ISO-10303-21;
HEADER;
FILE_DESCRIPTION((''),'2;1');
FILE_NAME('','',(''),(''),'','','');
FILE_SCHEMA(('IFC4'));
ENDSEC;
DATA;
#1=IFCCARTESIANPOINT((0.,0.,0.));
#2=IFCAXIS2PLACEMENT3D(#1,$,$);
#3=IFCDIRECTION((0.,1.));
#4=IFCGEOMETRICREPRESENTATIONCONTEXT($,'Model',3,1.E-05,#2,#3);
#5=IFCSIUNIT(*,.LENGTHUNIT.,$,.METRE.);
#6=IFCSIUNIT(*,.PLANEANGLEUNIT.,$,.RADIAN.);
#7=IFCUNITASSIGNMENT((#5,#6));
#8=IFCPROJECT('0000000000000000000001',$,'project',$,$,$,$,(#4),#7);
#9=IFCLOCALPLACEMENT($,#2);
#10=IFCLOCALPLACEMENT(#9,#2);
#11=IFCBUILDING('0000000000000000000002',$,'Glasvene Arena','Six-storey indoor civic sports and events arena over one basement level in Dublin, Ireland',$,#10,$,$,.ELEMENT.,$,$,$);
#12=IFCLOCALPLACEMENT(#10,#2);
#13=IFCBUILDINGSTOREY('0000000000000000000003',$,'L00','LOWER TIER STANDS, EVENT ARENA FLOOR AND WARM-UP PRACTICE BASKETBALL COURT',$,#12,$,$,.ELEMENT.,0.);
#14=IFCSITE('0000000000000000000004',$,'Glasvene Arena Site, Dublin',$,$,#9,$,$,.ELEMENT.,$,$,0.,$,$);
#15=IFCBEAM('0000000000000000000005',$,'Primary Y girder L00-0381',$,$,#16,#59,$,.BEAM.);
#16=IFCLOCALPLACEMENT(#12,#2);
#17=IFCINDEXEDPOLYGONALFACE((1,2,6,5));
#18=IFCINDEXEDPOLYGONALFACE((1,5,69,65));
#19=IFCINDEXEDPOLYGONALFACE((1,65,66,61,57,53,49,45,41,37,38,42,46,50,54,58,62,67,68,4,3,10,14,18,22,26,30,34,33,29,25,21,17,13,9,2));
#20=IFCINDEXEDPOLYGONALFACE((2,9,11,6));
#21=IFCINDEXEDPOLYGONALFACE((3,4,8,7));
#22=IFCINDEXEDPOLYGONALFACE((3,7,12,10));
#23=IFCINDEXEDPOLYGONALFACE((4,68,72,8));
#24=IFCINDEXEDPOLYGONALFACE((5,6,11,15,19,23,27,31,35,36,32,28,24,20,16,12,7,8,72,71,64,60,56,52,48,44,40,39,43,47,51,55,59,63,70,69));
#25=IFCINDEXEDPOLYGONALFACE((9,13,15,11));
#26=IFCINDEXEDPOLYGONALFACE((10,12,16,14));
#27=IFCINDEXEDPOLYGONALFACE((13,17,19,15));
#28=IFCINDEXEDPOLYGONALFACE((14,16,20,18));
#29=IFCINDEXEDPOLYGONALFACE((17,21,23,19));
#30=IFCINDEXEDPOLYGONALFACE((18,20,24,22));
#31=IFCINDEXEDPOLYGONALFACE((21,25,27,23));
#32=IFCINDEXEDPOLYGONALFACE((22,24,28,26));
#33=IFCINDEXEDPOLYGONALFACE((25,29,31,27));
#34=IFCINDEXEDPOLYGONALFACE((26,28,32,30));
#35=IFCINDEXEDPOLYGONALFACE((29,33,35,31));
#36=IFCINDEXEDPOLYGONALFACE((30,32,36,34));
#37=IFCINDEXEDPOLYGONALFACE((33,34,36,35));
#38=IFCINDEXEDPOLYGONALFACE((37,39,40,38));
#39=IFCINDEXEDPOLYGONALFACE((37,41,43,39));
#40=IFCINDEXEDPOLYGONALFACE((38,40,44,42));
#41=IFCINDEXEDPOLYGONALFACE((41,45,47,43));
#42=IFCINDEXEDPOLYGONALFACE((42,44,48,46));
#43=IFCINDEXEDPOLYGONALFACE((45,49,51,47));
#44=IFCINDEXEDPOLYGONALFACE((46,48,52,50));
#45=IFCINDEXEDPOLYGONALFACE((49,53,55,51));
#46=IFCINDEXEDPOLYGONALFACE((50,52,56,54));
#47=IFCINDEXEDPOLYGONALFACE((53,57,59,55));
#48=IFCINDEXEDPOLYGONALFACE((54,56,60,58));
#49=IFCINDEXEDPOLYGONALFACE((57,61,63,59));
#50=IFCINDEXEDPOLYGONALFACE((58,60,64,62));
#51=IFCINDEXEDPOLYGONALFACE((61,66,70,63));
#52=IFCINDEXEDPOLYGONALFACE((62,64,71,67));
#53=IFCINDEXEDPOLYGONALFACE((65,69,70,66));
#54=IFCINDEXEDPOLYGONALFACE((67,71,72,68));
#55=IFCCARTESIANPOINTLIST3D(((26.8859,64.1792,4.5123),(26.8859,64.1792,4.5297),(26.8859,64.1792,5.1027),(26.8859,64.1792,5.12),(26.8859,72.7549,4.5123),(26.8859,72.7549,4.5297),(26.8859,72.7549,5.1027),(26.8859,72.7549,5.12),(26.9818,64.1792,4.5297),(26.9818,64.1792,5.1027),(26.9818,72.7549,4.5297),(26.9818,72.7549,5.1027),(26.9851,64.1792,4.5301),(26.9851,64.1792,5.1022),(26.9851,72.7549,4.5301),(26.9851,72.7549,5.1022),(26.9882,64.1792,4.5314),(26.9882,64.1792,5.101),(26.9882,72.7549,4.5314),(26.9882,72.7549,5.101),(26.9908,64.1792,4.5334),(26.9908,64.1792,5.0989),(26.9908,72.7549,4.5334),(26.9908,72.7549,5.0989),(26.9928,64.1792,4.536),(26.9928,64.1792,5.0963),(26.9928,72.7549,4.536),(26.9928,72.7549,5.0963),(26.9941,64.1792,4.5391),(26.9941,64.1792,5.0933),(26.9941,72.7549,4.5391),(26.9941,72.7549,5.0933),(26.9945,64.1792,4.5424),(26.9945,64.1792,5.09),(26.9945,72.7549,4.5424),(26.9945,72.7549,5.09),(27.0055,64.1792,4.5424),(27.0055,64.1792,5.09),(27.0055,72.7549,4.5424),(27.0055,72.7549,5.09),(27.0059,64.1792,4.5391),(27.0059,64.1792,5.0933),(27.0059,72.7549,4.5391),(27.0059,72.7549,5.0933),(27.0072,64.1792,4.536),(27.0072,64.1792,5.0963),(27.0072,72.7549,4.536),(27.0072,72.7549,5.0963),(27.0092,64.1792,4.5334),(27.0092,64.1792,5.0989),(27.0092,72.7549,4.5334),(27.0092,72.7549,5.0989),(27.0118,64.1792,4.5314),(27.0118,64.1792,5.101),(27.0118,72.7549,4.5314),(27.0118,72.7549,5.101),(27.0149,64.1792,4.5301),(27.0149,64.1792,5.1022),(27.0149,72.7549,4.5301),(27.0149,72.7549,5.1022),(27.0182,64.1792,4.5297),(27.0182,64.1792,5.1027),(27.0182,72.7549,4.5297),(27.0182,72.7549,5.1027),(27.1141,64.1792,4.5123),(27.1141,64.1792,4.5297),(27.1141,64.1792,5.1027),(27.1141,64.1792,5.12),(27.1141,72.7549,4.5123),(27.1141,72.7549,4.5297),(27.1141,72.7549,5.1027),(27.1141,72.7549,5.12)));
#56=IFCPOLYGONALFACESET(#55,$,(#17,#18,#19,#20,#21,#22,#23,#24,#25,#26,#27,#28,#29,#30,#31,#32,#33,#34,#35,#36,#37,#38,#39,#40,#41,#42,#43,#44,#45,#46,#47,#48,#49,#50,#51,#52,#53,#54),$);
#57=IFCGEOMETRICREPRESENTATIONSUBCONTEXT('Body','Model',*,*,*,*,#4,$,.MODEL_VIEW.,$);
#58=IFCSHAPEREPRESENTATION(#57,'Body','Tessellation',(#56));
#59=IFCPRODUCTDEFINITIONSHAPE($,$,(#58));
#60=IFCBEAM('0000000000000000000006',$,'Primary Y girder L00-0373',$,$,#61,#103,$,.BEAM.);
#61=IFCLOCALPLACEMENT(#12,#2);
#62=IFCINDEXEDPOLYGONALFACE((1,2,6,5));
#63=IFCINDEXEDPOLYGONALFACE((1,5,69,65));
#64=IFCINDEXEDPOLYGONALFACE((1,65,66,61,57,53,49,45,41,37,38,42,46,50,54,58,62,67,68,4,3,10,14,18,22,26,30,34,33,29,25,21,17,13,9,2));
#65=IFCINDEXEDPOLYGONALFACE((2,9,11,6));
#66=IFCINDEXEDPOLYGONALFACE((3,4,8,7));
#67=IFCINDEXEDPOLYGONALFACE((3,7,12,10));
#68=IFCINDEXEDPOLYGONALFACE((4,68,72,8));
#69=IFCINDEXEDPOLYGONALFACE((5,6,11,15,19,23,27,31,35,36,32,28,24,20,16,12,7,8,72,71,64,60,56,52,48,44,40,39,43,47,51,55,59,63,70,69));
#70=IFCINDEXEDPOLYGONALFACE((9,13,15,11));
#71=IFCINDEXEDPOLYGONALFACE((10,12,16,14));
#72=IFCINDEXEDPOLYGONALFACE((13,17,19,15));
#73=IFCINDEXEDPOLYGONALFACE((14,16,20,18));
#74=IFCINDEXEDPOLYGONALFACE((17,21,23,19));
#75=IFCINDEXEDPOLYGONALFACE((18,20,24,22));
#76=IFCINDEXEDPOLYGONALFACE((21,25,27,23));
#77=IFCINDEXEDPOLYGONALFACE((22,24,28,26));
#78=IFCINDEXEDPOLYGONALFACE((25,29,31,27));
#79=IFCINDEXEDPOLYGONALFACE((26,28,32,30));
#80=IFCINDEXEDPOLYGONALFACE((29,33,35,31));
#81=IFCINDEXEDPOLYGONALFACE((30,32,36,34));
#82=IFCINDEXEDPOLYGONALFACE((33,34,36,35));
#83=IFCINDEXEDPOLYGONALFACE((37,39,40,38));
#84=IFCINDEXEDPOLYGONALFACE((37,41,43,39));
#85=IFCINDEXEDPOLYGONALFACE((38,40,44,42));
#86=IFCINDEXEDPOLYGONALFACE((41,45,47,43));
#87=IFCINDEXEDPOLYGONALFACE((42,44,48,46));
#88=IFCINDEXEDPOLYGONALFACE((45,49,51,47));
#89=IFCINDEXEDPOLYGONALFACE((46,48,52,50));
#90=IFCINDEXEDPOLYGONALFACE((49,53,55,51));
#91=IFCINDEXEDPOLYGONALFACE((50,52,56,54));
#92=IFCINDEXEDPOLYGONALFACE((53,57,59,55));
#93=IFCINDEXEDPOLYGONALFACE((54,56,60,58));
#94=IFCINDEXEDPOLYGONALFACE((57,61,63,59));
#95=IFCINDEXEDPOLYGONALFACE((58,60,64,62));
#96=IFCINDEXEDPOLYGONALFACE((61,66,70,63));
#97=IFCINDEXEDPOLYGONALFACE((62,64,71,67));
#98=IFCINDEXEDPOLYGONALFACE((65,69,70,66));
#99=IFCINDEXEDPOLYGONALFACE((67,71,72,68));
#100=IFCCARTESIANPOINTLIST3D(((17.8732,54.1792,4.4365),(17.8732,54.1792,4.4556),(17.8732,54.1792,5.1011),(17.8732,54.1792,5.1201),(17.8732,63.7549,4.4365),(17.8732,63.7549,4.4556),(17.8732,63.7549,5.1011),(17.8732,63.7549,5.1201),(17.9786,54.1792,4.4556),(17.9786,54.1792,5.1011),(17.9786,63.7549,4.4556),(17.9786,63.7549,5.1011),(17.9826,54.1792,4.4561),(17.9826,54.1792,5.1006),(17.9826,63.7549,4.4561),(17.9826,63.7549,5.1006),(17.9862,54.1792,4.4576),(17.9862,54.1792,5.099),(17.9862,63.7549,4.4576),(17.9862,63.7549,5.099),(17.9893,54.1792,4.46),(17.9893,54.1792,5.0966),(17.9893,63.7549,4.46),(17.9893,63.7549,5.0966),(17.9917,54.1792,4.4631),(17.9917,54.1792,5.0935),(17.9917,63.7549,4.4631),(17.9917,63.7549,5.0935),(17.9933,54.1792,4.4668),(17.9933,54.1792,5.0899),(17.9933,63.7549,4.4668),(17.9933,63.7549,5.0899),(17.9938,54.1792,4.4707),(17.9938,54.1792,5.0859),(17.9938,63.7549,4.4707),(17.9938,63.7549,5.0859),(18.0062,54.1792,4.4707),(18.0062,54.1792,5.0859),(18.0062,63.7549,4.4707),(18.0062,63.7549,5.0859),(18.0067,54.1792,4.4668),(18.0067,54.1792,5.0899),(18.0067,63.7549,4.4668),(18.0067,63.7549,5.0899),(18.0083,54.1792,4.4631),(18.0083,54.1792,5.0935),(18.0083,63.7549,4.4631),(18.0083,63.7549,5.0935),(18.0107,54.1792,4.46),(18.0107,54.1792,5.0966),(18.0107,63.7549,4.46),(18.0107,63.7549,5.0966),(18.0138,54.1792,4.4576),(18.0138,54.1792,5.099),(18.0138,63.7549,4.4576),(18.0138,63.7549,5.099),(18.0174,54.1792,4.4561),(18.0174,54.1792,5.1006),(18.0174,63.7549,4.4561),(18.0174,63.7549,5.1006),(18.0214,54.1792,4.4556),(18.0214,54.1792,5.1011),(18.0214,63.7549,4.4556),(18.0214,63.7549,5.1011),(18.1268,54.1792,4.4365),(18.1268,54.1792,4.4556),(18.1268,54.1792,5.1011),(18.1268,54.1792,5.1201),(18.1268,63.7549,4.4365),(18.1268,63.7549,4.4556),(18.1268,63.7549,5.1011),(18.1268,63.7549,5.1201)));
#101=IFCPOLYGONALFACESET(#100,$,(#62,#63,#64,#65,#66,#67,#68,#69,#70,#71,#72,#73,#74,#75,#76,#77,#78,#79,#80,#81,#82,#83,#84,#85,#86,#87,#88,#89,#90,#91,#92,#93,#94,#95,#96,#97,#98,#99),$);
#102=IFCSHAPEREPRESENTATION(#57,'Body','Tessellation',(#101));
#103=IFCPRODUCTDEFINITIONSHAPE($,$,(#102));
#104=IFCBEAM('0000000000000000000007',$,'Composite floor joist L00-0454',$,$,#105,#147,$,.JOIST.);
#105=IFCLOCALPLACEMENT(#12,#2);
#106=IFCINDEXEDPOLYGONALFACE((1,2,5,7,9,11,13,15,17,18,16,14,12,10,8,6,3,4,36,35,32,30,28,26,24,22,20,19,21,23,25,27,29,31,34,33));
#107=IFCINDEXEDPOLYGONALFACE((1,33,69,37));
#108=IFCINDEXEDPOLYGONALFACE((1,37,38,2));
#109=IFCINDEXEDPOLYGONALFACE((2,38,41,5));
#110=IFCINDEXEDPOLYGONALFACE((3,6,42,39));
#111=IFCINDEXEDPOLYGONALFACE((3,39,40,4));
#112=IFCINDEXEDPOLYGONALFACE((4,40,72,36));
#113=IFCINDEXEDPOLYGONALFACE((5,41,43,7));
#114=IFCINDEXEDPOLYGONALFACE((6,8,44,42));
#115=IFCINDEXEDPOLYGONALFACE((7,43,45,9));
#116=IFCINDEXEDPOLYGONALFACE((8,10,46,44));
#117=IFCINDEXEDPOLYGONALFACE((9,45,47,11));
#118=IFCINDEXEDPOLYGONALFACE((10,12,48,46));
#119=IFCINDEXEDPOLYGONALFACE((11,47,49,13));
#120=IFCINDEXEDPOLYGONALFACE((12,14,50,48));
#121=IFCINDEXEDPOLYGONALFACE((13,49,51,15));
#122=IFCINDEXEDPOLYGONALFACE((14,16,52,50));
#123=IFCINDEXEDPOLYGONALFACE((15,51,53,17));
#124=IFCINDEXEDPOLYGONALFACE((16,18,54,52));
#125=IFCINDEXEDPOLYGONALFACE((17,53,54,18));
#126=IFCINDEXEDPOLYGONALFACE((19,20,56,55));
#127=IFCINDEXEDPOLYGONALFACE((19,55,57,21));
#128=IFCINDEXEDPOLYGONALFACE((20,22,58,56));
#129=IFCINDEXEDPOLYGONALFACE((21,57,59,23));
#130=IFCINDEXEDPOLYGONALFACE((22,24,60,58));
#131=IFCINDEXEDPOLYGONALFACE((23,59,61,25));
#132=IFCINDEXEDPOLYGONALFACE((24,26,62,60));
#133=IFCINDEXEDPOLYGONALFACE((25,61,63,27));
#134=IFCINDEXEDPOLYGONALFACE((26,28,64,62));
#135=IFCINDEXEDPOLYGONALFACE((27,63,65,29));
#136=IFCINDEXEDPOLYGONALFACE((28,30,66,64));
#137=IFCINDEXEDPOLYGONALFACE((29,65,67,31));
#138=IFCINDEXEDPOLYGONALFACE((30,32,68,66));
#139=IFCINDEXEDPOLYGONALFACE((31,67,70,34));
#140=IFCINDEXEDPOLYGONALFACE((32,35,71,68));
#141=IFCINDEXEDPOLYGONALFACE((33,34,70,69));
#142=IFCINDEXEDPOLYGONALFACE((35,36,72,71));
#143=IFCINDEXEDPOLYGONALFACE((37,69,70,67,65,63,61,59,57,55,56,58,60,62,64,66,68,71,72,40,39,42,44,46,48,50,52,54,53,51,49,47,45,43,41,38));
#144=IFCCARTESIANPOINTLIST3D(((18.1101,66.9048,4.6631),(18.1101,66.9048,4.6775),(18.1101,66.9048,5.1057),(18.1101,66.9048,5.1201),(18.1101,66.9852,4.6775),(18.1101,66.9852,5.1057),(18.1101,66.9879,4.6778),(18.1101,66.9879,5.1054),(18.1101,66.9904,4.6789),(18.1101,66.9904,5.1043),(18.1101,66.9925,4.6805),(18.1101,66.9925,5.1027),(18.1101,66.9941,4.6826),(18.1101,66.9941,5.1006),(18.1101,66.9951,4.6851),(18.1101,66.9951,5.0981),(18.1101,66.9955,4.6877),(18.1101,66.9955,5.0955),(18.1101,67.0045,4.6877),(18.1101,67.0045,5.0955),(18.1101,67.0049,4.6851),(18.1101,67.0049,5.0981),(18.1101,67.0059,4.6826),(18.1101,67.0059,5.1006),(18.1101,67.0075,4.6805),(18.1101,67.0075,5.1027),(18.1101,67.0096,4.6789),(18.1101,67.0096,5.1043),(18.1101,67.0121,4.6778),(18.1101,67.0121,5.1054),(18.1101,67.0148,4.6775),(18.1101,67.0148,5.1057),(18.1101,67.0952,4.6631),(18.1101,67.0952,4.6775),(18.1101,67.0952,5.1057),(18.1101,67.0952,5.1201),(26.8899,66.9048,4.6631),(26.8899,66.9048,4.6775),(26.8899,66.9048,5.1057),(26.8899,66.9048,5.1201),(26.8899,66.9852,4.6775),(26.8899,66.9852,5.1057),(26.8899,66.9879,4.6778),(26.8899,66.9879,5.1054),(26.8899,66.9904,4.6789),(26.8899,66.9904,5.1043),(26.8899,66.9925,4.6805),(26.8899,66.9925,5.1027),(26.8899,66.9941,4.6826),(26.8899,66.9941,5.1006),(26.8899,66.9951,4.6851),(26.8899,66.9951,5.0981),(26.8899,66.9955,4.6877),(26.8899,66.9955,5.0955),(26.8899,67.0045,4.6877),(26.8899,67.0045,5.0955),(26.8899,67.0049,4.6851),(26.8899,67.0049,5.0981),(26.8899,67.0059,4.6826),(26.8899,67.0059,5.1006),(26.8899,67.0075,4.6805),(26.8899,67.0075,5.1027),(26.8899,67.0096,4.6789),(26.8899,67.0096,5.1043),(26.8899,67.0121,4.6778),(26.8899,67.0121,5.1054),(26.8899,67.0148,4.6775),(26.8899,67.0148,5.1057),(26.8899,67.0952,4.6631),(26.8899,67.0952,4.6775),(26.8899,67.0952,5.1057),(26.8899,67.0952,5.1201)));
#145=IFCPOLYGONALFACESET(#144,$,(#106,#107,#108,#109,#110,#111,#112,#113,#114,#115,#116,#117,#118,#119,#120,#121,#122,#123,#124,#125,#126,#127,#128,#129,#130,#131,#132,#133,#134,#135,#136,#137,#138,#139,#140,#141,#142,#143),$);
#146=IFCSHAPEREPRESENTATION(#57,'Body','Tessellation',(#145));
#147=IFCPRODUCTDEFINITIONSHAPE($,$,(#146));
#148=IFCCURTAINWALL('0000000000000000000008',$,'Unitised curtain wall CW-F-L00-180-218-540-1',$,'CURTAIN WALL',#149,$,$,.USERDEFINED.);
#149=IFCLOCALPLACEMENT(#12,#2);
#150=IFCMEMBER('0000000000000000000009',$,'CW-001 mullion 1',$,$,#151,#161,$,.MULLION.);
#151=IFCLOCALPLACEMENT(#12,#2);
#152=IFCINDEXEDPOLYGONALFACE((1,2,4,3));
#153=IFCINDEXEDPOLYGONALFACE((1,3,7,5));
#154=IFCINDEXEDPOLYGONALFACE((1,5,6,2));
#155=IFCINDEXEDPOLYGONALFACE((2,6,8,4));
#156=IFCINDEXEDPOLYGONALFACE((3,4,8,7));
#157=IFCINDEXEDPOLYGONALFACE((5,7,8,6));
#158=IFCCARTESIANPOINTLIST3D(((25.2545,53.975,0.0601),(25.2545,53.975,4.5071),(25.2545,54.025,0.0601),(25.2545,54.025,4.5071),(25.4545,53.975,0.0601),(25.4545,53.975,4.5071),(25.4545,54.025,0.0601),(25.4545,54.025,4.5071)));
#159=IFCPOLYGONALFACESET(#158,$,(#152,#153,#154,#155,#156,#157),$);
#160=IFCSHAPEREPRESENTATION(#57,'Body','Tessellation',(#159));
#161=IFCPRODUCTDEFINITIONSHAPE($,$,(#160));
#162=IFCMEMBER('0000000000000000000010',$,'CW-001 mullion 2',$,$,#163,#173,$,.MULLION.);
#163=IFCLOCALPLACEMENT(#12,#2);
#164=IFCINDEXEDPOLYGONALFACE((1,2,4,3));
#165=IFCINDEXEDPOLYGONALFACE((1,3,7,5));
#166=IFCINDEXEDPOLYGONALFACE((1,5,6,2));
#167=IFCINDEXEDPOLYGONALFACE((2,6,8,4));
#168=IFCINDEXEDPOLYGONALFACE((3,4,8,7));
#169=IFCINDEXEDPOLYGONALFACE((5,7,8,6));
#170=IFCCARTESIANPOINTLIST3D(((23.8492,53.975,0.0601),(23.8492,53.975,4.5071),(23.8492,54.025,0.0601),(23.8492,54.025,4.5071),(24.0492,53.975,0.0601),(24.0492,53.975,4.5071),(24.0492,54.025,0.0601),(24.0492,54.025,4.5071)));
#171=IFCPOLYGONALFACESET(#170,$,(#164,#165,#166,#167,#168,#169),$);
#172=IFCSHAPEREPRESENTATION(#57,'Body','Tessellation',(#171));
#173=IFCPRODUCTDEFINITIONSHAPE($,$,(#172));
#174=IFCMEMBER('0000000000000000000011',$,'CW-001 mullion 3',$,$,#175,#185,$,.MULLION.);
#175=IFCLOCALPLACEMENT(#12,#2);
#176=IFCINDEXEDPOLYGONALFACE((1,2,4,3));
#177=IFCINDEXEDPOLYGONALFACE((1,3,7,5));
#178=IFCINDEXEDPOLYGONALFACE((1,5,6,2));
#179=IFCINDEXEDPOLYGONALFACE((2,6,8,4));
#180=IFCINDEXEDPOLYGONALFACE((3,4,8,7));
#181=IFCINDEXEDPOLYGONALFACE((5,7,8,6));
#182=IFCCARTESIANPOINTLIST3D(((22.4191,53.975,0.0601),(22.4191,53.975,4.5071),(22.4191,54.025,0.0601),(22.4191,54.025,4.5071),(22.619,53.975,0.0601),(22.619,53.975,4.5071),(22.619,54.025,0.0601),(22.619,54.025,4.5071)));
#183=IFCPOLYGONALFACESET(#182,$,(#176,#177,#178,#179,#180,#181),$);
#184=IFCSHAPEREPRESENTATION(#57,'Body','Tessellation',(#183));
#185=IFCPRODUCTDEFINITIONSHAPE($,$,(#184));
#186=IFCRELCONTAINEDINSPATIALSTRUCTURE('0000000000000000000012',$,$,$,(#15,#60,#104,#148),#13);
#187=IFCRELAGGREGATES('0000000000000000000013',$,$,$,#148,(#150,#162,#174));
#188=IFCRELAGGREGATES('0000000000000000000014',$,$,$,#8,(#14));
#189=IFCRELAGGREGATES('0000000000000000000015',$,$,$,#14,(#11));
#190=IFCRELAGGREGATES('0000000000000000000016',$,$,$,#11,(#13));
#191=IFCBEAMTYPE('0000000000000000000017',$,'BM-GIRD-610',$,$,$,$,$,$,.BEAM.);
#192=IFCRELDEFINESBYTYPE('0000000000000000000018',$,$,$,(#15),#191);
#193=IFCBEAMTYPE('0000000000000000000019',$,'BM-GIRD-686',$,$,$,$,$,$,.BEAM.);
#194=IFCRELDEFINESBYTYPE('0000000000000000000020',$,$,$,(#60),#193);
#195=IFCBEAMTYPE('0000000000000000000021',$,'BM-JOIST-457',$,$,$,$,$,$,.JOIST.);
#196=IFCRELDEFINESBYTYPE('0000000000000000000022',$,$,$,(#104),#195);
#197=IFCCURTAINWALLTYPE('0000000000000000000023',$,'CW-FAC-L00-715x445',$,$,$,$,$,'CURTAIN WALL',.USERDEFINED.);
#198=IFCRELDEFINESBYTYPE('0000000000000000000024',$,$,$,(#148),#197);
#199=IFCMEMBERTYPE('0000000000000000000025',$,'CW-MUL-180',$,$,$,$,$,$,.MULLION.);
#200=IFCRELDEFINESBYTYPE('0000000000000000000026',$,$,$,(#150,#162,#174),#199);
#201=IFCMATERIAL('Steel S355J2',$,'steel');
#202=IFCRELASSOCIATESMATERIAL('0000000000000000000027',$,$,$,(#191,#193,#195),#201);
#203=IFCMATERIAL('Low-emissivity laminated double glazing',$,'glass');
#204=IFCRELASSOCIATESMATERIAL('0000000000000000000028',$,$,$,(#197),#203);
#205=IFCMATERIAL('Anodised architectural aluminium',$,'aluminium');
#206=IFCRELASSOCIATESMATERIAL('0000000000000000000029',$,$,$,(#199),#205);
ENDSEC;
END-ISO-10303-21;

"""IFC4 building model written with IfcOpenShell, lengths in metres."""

from ifc_helpers import new_model, si_unit, direction, frame, origin, origin_2d, place, context, subcontext, project, spatial, rectangle, i_section, extrude, material, material_profile, profile_set, type_object, element, aggregate, save


model = new_model("IFC4")

# Units and contexts
model_context = context("Model", 3, precision=1e-05, world=origin(), true_north=direction((0.0, 1.0)))
body_context = subcontext(model_context, "Body", "Model", "MODEL_VIEW")
ifc_project = project(units=[si_unit("LENGTHUNIT", "METRE"), si_unit("PLANEANGLEUNIT", "RADIAN")], contexts=[model_context])

# Site, building, storey
site_placement = place(None, origin())
site = spatial("IfcSite", under=ifc_project, at=site_placement, Name="Glasvene Arena Site, Dublin", CompositionType="ELEMENT", RefElevation=0.0)
building_placement = place(site_placement, origin())
building = spatial("IfcBuilding", under=site, at=building_placement, Name="Glasvene Arena", Description="Six-storey indoor civic sports and events arena over one basement level in Dublin, Ireland", CompositionType="ELEMENT")
storey_placement = place(building_placement, origin())
storey = spatial("IfcBuildingStorey", under=building, at=storey_placement, Name="L00", Description="LOWER TIER STANDS, EVENT ARENA FLOOR AND WARM-UP PRACTICE BASKETBALL COURT", CompositionType="ELEMENT", Elevation=0.0)

# Shared definitions
ifc_material_1 = material(Name="Steel S355J2", Category="steel")

# Beams
ifc_material_profile_1 = material_profile(ifc_material_1, i_section(OverallWidth=0.2283, OverallDepth=0.6077, WebThickness=0.011, FlangeThickness=0.0173, FilletRadius=0.0127, at=origin_2d()), Name="UKB 610x229x113")
ifc_profile_set_1 = profile_set([ifc_material_profile_1], Name="Steel S355J2")
beam_type_1 = type_object("IfcBeamType", Name="BM-GIRD-610", PredefinedType="BEAM", material=ifc_profile_set_1)
for number, where, z_axis, x_axis, name in (
    (1, (27.0, 64.1792, 4.8162), (0.0, 1.0, 0.0), (-1.0, 0.0, 0.0), "Primary Y girder L00-0381"),
):
    element("IfcBeam", number, at=place(storey_placement, frame(where, z_axis=z_axis, x_axis=x_axis)), inside=storey, type_object=beam_type_1, Name=name, PredefinedType="BEAM", context=body_context, shape_type="SweptSolid", body=[
        extrude(i_section(OverallWidth=0.2283, OverallDepth=0.6077, WebThickness=0.011, FlangeThickness=0.0173, FilletRadius=0.0127, at=origin_2d()), origin(), (0.0, 0.0, 1.0), 8.5757),
    ])
ifc_material_profile_2 = material_profile(ifc_material_1, i_section(OverallWidth=0.2537, OverallDepth=0.6836, WebThickness=0.0125, FlangeThickness=0.019, FilletRadius=0.0151, at=origin_2d()), Name="UKB 686x254x140")
ifc_profile_set_2 = profile_set([ifc_material_profile_2], Name="Steel S355J2")
beam_type_2 = type_object("IfcBeamType", Name="BM-GIRD-686", PredefinedType="BEAM", material=ifc_profile_set_2)
beam_1_placement = place(storey_placement, frame((18.0, 54.1792, 4.7783), z_axis=(0.0, 1.0, 0.0), x_axis=(-1.0, 0.0, 0.0)))
element("IfcBeam", 2, at=beam_1_placement, inside=storey, type_object=beam_type_2, Name="Primary Y girder L00-0373", PredefinedType="BEAM", context=body_context, shape_type="SweptSolid", body=[
    extrude(i_section(OverallWidth=0.2537, OverallDepth=0.6836, WebThickness=0.0125, FlangeThickness=0.019, FilletRadius=0.0151, at=origin_2d()), origin(), (0.0, 0.0, 1.0), 9.5757),
])
ifc_material_profile_3 = material_profile(ifc_material_1, i_section(OverallWidth=0.1904, OverallDepth=0.457, WebThickness=0.009, FlangeThickness=0.0144, FilletRadius=0.0103, at=origin_2d()), Name="UKB 457x191x74")
ifc_profile_set_3 = profile_set([ifc_material_profile_3], Name="Steel S355J2")
beam_type_3 = type_object("IfcBeamType", Name="BM-JOIST-457", PredefinedType="JOIST", material=ifc_profile_set_3)
beam_2_placement = place(storey_placement, frame((18.1101, 67.0, 4.8916), z_axis=(1.0, 0.0, 0.0), x_axis=(0.0, 1.0, 0.0)))
element("IfcBeam", 3, at=beam_2_placement, inside=storey, type_object=beam_type_3, Name="Composite floor joist L00-0454", PredefinedType="JOIST", context=body_context, shape_type="SweptSolid", body=[
    extrude(i_section(OverallWidth=0.1904, OverallDepth=0.457, WebThickness=0.009, FlangeThickness=0.0144, FilletRadius=0.0103, at=origin_2d()), origin(), (0.0, 0.0, 1.0), 8.7798),
])

# Curtain wall, members
ifc_material_2 = material(Name="Low-emissivity laminated double glazing", Category="glass")
curtain_wall_type = type_object("IfcCurtainWallType", Name="CW-FAC-L00-715x445", ElementType="CURTAIN WALL", PredefinedType="USERDEFINED", material=ifc_material_2)
curtain_wall_placement = place(storey_placement, frame((25.3796, 54.0, 0.0)))
curtain_wall = element("IfcCurtainWall", 4, at=curtain_wall_placement, inside=storey, type_object=curtain_wall_type, Name="Unitised curtain wall CW-F-L00-180-218-540-1", ObjectType="CURTAIN WALL", PredefinedType="USERDEFINED")
ifc_material_3 = material(Name="Anodised architectural aluminium", Category="aluminium")
ifc_material_profile_4 = material_profile(ifc_material_3, rectangle(XDim=0.05, YDim=0.2, at=origin_2d()), Name="ALU MULLION 50x200")
ifc_profile_set_4 = profile_set([ifc_material_profile_4], Name="Anodised architectural aluminium")
member_type_1 = type_object("IfcMemberType", Name="CW-MUL-180", PredefinedType="MULLION", material=ifc_profile_set_4)
member_1_placement = place(storey_placement, frame((25.3545, 54.0, 0.0601), z_axis=(0.0, 0.0, 1.0), x_axis=(0.0, -1.0, 0.0)))
member_1 = element("IfcMember", 5, at=member_1_placement, type_object=member_type_1, Name="CW-001 mullion 1", PredefinedType="MULLION", context=body_context, shape_type="SweptSolid", body=[
    extrude(rectangle(XDim=0.05, YDim=0.2, at=origin_2d()), origin(), (0.0, 0.0, 1.0), 4.447),
])
member_2_placement = place(storey_placement, frame((23.9492, 54.0, 0.0601), z_axis=(0.0, 0.0, 1.0), x_axis=(0.0, -1.0, 0.0)))
member_2 = element("IfcMember", 6, at=member_2_placement, type_object=member_type_1, Name="CW-001 mullion 2", PredefinedType="MULLION", context=body_context, shape_type="SweptSolid", body=[
    extrude(rectangle(XDim=0.05, YDim=0.2, at=origin_2d()), origin(), (0.0, 0.0, 1.0), 4.447),
])
member_3_placement = place(storey_placement, frame((22.519, 54.0, 0.0601), z_axis=(0.0, 0.0, 1.0), x_axis=(0.0, -1.0, 0.0)))
member_3 = element("IfcMember", 7, at=member_3_placement, type_object=member_type_1, Name="CW-001 mullion 3", PredefinedType="MULLION", context=body_context, shape_type="SweptSolid", body=[
    extrude(rectangle(XDim=0.05, YDim=0.2, at=origin_2d()), origin(), (0.0, 0.0, 1.0), 4.447),
])
aggregate(curtain_wall, [member_1, member_2, member_3])

save(model, "model.ifc")
